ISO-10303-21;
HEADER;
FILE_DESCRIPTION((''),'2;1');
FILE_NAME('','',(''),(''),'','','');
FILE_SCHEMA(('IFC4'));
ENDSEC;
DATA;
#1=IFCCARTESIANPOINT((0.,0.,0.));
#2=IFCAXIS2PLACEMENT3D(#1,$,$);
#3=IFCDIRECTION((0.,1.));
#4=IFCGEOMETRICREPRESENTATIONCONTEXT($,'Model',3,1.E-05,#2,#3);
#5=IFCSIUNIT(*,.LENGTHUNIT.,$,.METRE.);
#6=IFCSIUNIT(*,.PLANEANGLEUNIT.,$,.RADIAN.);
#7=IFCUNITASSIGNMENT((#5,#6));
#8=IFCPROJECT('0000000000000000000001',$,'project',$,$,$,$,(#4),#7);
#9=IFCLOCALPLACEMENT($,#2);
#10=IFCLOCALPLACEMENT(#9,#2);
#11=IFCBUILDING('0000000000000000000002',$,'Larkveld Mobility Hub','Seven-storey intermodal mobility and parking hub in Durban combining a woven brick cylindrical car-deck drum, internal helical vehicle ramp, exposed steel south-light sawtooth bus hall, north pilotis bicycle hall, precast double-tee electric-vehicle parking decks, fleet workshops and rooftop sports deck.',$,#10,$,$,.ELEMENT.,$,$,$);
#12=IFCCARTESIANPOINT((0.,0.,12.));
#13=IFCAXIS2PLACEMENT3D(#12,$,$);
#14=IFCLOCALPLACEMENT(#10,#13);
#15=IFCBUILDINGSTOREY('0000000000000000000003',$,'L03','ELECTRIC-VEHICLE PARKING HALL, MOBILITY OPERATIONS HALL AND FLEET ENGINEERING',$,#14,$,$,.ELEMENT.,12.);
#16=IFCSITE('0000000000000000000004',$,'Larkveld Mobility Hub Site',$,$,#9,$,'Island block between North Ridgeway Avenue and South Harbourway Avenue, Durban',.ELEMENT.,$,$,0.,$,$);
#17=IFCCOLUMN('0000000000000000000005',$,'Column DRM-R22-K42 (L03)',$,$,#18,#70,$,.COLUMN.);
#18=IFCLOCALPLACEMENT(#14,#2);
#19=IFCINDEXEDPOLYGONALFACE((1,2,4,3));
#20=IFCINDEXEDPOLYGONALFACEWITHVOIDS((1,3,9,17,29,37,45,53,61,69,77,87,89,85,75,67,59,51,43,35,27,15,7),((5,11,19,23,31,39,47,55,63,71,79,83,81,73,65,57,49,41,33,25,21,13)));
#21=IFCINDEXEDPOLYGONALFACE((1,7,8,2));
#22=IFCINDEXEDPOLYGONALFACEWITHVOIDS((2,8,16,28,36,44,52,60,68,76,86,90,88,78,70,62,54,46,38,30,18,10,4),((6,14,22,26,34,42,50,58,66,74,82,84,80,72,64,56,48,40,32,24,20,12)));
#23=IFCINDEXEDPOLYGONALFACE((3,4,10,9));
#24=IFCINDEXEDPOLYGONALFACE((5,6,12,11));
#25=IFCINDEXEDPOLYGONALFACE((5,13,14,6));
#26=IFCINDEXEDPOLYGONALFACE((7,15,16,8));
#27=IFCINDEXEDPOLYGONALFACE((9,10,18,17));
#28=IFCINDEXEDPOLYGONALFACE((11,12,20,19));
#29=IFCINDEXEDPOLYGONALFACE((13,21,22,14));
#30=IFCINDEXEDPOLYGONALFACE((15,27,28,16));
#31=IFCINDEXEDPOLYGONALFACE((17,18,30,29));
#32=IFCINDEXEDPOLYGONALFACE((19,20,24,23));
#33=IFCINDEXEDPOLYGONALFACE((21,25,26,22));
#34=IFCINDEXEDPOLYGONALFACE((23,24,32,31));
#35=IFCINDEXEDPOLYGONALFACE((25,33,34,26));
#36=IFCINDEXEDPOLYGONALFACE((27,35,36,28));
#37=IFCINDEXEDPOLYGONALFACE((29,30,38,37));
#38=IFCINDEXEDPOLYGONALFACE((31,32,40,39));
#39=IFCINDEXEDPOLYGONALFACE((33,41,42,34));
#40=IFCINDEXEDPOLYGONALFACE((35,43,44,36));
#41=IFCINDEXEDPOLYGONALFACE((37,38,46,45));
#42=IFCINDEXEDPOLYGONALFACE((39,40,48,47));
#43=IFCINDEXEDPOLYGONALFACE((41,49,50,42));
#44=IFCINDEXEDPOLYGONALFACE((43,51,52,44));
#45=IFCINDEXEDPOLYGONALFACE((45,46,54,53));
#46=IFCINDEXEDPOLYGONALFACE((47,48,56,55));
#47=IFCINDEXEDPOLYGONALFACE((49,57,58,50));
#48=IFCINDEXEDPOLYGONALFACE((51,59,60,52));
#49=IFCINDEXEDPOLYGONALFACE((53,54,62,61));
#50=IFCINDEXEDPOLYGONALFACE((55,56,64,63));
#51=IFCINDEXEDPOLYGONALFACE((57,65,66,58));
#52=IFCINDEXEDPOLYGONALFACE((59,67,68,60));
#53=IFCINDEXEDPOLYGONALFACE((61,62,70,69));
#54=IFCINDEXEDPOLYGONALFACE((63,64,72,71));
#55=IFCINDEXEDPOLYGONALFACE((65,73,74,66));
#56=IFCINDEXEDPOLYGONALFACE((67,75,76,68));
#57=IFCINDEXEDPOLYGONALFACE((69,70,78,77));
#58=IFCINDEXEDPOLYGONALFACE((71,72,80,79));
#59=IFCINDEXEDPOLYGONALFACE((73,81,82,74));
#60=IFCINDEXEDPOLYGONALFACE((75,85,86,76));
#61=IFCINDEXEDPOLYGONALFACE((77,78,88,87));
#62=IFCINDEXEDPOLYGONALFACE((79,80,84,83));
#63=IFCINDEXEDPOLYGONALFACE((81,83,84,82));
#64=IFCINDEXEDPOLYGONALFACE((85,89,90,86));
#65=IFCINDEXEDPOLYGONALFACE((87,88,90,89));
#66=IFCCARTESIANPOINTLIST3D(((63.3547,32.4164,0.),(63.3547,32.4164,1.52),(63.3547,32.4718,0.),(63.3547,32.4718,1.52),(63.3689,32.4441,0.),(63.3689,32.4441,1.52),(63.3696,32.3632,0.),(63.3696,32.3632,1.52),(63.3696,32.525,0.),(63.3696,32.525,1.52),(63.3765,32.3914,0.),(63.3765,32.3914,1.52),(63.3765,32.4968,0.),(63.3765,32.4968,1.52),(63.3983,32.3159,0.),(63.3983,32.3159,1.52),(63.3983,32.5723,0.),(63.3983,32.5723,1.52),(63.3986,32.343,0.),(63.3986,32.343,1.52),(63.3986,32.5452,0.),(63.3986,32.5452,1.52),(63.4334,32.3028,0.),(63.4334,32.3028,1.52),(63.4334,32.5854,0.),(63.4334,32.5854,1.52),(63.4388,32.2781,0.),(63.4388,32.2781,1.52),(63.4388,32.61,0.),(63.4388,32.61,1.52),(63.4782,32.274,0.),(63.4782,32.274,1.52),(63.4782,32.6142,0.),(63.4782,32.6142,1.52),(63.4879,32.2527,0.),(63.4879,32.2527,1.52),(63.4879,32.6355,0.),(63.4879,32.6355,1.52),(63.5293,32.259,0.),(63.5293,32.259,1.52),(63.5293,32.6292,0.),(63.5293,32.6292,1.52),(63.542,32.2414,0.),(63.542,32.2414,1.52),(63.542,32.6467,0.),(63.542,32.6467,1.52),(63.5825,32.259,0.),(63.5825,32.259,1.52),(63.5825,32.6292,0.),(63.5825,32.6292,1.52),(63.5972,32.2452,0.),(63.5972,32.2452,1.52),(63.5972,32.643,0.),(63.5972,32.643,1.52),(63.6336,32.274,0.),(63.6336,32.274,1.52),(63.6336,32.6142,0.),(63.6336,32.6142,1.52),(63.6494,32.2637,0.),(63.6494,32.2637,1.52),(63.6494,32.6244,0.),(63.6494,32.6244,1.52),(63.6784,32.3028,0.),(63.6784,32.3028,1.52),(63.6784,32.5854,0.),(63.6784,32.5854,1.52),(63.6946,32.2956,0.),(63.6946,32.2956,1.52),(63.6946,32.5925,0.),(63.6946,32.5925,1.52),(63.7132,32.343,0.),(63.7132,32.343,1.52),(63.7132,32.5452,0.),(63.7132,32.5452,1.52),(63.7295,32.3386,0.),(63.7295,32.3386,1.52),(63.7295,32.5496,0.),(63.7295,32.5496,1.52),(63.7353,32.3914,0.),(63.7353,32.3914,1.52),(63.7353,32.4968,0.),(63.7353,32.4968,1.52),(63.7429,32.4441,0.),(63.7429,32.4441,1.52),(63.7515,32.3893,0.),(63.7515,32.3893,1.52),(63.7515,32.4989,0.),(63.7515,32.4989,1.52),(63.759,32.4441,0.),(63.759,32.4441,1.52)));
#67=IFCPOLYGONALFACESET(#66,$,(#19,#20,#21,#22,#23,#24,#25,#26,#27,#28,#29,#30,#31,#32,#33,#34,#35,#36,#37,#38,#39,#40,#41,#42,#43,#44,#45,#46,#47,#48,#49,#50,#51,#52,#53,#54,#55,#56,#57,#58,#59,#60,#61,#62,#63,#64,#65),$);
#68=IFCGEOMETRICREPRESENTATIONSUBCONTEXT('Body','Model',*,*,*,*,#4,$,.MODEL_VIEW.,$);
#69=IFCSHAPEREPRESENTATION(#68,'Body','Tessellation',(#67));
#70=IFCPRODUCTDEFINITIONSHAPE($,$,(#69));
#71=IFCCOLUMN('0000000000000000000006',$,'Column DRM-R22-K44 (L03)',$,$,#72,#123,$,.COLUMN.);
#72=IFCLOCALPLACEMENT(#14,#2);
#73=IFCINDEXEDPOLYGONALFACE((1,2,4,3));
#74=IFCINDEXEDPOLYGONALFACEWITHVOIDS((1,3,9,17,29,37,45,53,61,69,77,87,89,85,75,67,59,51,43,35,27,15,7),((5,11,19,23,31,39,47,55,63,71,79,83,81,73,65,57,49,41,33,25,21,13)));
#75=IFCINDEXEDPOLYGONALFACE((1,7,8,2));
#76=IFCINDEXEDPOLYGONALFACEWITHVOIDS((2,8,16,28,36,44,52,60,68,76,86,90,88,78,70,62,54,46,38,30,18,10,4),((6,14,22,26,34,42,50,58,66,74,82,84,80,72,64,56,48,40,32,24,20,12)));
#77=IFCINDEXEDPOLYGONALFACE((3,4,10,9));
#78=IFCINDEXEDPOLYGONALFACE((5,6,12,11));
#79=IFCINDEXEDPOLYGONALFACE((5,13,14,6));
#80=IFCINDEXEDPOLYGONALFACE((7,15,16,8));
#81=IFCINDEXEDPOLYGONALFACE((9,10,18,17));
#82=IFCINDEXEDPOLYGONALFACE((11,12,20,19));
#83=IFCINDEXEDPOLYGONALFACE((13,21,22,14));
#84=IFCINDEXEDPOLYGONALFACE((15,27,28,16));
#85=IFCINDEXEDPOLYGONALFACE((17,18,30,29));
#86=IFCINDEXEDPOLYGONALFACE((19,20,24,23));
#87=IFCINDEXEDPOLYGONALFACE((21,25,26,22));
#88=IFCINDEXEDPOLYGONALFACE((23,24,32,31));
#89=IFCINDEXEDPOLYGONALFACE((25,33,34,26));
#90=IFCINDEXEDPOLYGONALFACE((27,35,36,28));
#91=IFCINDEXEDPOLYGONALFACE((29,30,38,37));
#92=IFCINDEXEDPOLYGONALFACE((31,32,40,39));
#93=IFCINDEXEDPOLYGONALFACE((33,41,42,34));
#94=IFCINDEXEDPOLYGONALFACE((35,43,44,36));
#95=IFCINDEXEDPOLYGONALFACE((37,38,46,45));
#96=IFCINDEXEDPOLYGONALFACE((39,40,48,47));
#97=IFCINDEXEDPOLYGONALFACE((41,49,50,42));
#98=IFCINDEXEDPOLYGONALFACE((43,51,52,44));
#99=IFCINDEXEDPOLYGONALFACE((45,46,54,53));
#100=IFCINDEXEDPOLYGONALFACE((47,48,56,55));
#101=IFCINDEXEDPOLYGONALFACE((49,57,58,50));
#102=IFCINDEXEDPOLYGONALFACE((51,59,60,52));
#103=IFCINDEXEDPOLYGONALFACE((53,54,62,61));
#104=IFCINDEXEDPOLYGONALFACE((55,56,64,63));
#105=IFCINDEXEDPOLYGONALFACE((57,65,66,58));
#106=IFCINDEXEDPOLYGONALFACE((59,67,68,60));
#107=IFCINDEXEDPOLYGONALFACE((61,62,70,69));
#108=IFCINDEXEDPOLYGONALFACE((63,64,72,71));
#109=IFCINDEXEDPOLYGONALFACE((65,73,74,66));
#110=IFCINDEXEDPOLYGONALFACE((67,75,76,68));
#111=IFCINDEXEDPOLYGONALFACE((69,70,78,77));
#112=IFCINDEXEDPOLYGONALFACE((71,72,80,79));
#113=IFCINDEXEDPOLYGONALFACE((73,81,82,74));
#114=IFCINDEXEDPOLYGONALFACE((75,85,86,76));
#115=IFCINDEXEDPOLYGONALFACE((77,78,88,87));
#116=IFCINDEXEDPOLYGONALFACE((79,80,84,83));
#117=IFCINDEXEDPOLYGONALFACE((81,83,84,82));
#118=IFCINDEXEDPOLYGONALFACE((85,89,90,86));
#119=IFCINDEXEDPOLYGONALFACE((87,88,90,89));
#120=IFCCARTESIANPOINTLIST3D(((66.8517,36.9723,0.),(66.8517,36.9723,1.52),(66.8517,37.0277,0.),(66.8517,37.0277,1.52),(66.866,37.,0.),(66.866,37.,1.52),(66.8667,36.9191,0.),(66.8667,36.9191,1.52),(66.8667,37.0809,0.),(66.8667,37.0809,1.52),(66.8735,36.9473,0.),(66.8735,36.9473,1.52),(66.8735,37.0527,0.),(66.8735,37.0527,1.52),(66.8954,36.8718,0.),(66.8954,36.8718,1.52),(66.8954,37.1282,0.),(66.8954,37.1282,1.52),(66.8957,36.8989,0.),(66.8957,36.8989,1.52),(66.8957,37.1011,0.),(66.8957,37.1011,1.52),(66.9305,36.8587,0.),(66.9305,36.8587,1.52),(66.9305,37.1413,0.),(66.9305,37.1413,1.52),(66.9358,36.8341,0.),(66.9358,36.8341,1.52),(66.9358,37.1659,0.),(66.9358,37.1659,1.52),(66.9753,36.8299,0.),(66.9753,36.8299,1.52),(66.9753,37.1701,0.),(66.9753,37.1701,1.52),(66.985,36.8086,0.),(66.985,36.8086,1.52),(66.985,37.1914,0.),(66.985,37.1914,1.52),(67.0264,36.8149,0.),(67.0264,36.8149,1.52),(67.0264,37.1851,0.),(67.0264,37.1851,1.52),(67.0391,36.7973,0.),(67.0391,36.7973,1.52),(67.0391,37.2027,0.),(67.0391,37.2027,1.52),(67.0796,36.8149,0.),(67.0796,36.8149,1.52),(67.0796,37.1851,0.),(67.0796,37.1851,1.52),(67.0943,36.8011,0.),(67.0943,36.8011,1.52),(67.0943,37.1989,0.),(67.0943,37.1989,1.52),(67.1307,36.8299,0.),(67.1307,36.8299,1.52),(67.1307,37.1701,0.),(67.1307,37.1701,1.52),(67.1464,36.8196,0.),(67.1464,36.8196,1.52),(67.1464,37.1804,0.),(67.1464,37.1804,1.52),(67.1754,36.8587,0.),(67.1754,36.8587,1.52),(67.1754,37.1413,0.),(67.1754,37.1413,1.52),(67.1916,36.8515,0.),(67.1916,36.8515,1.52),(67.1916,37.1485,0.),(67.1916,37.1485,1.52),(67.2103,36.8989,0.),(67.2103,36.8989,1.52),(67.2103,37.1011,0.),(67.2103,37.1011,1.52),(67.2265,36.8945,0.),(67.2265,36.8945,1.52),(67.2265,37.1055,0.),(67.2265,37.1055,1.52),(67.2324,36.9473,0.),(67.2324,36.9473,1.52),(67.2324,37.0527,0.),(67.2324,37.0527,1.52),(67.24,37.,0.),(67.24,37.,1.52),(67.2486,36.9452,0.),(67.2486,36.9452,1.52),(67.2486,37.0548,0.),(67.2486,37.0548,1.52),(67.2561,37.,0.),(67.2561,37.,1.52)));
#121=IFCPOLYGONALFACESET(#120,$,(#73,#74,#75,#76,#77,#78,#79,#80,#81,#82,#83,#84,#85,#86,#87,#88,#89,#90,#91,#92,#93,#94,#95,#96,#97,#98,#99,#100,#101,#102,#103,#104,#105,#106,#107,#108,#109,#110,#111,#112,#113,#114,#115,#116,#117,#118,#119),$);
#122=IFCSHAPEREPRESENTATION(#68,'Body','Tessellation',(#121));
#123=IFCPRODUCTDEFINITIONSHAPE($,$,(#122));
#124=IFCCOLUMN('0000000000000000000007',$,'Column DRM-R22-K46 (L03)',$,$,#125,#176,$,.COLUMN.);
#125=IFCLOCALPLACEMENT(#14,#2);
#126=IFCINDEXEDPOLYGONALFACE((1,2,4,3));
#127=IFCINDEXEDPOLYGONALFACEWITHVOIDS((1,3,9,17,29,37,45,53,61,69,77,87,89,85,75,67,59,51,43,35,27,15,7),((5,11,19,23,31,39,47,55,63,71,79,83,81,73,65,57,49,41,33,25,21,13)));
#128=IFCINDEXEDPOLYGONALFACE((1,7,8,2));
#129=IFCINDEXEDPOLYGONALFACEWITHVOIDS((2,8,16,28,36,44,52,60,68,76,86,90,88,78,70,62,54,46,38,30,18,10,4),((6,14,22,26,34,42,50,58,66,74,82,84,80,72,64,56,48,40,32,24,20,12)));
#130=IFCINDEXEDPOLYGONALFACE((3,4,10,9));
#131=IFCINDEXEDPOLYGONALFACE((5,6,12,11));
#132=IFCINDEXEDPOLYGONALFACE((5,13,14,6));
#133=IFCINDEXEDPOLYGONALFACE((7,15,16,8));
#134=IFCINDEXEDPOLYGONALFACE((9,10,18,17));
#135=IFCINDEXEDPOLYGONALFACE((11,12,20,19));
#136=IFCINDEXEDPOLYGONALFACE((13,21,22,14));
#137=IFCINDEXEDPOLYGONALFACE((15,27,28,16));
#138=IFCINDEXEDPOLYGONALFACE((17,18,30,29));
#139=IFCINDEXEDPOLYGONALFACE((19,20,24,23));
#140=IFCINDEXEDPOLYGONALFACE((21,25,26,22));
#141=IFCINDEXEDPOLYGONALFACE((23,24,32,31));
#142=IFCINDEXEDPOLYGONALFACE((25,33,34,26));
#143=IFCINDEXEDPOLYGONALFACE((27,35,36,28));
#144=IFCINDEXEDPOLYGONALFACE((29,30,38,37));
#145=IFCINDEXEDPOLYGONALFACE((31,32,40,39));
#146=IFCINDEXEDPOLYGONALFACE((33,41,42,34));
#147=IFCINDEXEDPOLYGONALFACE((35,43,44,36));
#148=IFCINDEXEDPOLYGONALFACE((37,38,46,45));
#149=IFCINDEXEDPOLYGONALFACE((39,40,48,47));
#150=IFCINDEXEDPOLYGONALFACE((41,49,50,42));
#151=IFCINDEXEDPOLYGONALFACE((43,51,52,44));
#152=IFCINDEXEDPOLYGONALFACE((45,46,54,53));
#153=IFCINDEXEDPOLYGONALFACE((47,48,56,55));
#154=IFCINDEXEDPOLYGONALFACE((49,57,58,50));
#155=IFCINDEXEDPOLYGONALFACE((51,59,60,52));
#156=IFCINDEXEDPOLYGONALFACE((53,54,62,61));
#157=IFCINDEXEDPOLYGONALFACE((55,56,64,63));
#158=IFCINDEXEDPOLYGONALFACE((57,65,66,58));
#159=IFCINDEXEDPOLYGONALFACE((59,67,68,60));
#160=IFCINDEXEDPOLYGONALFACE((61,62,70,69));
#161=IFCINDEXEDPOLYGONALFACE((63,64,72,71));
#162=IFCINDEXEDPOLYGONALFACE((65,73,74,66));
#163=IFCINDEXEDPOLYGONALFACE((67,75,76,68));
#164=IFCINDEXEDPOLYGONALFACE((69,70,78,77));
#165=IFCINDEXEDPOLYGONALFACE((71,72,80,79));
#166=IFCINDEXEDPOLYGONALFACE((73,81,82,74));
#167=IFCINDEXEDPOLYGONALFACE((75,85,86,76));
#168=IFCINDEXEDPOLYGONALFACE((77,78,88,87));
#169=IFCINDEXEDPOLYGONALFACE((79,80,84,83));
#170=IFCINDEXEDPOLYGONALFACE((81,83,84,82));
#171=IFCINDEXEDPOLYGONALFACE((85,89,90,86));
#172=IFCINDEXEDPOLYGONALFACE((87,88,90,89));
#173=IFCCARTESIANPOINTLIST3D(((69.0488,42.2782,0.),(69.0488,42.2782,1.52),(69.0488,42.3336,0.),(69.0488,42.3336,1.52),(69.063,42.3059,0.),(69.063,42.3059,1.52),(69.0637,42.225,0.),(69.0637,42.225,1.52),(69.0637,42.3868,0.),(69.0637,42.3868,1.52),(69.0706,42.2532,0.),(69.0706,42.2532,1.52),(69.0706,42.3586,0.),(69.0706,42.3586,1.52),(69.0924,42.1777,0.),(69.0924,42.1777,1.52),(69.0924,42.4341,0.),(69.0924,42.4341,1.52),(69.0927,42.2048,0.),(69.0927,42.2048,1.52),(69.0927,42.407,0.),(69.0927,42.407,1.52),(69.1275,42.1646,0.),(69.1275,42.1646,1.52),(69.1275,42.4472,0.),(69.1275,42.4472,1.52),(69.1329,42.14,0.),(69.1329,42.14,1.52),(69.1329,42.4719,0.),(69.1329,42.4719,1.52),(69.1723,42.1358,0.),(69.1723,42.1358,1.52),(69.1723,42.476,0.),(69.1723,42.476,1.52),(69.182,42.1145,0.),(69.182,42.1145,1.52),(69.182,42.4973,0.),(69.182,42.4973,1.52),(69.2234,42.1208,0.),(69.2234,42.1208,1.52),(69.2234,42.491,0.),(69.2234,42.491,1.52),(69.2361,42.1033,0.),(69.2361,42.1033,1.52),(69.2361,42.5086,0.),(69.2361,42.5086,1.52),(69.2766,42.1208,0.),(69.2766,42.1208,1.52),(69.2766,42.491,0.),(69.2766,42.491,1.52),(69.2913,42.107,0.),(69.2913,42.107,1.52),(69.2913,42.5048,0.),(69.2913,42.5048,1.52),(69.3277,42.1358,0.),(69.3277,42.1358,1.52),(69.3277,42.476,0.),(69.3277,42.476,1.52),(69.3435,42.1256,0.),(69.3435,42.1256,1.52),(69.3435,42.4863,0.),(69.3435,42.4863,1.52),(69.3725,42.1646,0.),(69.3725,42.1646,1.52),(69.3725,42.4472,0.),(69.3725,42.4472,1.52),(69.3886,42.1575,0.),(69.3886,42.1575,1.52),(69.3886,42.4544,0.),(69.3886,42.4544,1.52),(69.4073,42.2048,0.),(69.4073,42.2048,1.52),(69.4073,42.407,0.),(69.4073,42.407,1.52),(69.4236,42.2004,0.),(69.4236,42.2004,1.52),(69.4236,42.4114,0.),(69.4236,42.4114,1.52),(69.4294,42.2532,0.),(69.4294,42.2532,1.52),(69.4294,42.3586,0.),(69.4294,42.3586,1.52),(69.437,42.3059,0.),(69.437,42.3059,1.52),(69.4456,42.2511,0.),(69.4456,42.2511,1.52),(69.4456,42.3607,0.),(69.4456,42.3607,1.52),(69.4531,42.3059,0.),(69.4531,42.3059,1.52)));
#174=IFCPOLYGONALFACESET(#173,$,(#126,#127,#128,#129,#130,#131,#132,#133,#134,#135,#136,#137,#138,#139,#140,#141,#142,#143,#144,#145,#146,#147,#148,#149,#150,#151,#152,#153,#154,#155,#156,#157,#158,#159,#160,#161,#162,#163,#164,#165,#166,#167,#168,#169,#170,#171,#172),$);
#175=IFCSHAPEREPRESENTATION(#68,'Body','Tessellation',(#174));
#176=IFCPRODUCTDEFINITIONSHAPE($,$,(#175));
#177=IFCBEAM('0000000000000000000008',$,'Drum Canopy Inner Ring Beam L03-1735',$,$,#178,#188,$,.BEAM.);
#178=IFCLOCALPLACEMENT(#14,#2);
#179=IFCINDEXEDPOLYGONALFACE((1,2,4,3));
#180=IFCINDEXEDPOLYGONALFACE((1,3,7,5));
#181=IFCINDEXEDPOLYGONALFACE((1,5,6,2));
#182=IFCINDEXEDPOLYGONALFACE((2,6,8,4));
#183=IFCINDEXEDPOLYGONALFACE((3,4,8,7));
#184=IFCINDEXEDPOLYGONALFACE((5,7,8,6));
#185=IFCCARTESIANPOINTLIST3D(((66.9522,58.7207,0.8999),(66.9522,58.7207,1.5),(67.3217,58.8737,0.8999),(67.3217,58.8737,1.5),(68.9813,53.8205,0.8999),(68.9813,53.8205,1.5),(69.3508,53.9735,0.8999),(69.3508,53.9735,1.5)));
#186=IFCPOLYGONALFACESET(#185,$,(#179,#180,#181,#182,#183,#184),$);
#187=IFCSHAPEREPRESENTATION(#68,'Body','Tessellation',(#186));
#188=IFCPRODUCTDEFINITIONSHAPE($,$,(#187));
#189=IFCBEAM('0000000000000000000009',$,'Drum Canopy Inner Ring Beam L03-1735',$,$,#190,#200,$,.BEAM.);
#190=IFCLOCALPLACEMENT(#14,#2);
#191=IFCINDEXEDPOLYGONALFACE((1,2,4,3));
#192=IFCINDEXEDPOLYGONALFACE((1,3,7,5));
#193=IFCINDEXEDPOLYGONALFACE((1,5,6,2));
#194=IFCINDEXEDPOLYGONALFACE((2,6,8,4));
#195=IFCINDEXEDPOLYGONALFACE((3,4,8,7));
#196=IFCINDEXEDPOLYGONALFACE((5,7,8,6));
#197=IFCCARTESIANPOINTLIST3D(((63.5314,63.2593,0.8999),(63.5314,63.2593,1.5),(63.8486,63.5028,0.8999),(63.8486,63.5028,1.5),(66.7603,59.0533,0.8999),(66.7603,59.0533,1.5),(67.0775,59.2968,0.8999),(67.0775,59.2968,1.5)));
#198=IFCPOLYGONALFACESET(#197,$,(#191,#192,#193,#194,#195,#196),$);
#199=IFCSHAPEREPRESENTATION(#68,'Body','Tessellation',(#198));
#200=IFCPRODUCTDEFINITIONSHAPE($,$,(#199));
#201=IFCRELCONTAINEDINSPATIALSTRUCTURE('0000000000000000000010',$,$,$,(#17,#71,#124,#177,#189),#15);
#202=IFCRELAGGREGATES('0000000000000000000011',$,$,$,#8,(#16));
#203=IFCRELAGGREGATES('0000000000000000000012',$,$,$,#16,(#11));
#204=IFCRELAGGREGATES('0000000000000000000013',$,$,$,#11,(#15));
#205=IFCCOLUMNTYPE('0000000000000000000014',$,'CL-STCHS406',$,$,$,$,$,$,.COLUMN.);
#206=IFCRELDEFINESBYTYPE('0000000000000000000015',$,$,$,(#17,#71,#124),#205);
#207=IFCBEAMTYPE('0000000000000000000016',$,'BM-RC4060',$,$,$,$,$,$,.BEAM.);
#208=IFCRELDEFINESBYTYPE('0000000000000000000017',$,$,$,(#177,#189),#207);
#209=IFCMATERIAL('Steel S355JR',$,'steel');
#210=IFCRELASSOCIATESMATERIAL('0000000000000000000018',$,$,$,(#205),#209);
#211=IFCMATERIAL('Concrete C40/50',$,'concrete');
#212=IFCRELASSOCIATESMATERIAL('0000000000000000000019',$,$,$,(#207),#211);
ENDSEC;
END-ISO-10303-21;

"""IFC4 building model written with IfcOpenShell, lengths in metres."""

from ifc_helpers import new_model, si_unit, direction, frame, origin, origin_2d, place, context, subcontext, project, spatial, rectangle, hollow_circle, extrude, material, material_profile, profile_set, type_object, element, save


model = new_model("IFC4")

# Units and contexts
model_context = context("Model", 3, precision=1e-05, world=origin(), true_north=direction((0.0, 1.0)))
body_context = subcontext(model_context, "Body", "Model", "MODEL_VIEW")
ifc_project = project(units=[si_unit("LENGTHUNIT", "METRE"), si_unit("PLANEANGLEUNIT", "RADIAN")], contexts=[model_context])

# Site, building, storey
site_placement = place(None, origin())
site = spatial("IfcSite", under=ifc_project, at=site_placement, Name="Larkveld Mobility Hub Site", LongName="Island block between North Ridgeway Avenue and South Harbourway Avenue, Durban", CompositionType="ELEMENT", RefElevation=0.0)
building_placement = place(site_placement, origin())
building = spatial("IfcBuilding", under=site, at=building_placement, Name="Larkveld Mobility Hub", Description="Seven-storey intermodal mobility and parking hub in Durban combining a woven brick cylindrical car-deck drum, internal helical vehicle ramp, exposed steel south-light sawtooth bus hall, north pilotis bicycle hall, precast double-tee electric-vehicle parking decks, fleet workshops and rooftop sports deck.", CompositionType="ELEMENT")
storey_placement = place(building_placement, frame((0.0, 0.0, 12.0)))
storey = spatial("IfcBuildingStorey", under=building, at=storey_placement, Name="L03", Description="ELECTRIC-VEHICLE PARKING HALL, MOBILITY OPERATIONS HALL AND FLEET ENGINEERING", CompositionType="ELEMENT", Elevation=12.0)

# Columns
ifc_material_1 = material(Name="Steel S355JR", Category="steel")
ifc_material_profile_1 = material_profile(ifc_material_1, hollow_circle(Radius=0.2031, WallThickness=0.0161, at=origin_2d()), Name="CHS 406.4x16")
ifc_profile_set_1 = profile_set([ifc_material_profile_1], Name="Steel S355JR")
column_type = type_object("IfcColumnType", Name="CL-STCHS406", PredefinedType="COLUMN", material=ifc_profile_set_1)
for number, where, z_axis, x_axis, name in (
    (1, (63.5559, 32.4441, 0.0), (0.0, 0.0, 1.0), (1.0, 0.0, 0.0), "Column DRM-R22-K42 (L03)"),
    (2, (67.053, 37.0, 0.0), (0.0, 0.0, 1.0), (1.0, 0.0, 0.0), "Column DRM-R22-K44 (L03)"),
    (3, (69.25, 42.3059, 0.0), (0.0, 0.0, 1.0), (1.0, 0.0, 0.0), "Column DRM-R22-K46 (L03)"),
):
    element("IfcColumn", number, at=place(storey_placement, frame(where, z_axis=z_axis, x_axis=x_axis)), inside=storey, type_object=column_type, Name=name, PredefinedType="COLUMN", context=body_context, shape_type="SweptSolid", body=[
        extrude(hollow_circle(Radius=0.2031, WallThickness=0.0161, at=origin_2d()), origin(), (0.0, 0.0, 1.0), 1.52),
    ])

# Beams
ifc_material_2 = material(Name="Concrete C40/50", Category="concrete")
ifc_material_profile_2 = material_profile(ifc_material_2, rectangle(XDim=0.3999, YDim=0.6001, at=origin_2d()), Name="RC BM 400x600")
ifc_profile_set_2 = profile_set([ifc_material_profile_2], Name="Concrete C40/50")
beam_type = type_object("IfcBeamType", Name="BM-RC4060", PredefinedType="BEAM", material=ifc_profile_set_2)
beam_1_placement = place(storey_placement, frame((69.166, 53.897, 1.2), z_axis=(-0.382578, 0.923923, 0.0), x_axis=(-0.923923, -0.382578, 0.0)))
element("IfcBeam", 4, at=beam_1_placement, inside=storey, type_object=beam_type, Name="Drum Canopy Inner Ring Beam L03-1735", PredefinedType="BEAM", context=body_context, shape_type="SweptSolid", body=[
    extrude(rectangle(XDim=0.3999, YDim=0.6001, at=origin_2d()), origin(), (0.0, 0.0, 1.0), 5.3037),
])
for number, where, z_axis, x_axis, name in (
    (5, (66.9189, 59.175, 1.2), (-0.60895, 0.793209, 0.0), (-0.793209, -0.60895, 0.0), "Drum Canopy Inner Ring Beam L03-1735"),
):
    element("IfcBeam", number, at=place(storey_placement, frame(where, z_axis=z_axis, x_axis=x_axis)), inside=storey, type_object=beam_type, Name=name, PredefinedType="BEAM", context=body_context, shape_type="SweptSolid", body=[
        extrude(rectangle(XDim=0.3999, YDim=0.6001, at=origin_2d()), origin(), (0.0, 0.0, 1.0), 5.3025),
    ])

save(model, "model.ifc")
